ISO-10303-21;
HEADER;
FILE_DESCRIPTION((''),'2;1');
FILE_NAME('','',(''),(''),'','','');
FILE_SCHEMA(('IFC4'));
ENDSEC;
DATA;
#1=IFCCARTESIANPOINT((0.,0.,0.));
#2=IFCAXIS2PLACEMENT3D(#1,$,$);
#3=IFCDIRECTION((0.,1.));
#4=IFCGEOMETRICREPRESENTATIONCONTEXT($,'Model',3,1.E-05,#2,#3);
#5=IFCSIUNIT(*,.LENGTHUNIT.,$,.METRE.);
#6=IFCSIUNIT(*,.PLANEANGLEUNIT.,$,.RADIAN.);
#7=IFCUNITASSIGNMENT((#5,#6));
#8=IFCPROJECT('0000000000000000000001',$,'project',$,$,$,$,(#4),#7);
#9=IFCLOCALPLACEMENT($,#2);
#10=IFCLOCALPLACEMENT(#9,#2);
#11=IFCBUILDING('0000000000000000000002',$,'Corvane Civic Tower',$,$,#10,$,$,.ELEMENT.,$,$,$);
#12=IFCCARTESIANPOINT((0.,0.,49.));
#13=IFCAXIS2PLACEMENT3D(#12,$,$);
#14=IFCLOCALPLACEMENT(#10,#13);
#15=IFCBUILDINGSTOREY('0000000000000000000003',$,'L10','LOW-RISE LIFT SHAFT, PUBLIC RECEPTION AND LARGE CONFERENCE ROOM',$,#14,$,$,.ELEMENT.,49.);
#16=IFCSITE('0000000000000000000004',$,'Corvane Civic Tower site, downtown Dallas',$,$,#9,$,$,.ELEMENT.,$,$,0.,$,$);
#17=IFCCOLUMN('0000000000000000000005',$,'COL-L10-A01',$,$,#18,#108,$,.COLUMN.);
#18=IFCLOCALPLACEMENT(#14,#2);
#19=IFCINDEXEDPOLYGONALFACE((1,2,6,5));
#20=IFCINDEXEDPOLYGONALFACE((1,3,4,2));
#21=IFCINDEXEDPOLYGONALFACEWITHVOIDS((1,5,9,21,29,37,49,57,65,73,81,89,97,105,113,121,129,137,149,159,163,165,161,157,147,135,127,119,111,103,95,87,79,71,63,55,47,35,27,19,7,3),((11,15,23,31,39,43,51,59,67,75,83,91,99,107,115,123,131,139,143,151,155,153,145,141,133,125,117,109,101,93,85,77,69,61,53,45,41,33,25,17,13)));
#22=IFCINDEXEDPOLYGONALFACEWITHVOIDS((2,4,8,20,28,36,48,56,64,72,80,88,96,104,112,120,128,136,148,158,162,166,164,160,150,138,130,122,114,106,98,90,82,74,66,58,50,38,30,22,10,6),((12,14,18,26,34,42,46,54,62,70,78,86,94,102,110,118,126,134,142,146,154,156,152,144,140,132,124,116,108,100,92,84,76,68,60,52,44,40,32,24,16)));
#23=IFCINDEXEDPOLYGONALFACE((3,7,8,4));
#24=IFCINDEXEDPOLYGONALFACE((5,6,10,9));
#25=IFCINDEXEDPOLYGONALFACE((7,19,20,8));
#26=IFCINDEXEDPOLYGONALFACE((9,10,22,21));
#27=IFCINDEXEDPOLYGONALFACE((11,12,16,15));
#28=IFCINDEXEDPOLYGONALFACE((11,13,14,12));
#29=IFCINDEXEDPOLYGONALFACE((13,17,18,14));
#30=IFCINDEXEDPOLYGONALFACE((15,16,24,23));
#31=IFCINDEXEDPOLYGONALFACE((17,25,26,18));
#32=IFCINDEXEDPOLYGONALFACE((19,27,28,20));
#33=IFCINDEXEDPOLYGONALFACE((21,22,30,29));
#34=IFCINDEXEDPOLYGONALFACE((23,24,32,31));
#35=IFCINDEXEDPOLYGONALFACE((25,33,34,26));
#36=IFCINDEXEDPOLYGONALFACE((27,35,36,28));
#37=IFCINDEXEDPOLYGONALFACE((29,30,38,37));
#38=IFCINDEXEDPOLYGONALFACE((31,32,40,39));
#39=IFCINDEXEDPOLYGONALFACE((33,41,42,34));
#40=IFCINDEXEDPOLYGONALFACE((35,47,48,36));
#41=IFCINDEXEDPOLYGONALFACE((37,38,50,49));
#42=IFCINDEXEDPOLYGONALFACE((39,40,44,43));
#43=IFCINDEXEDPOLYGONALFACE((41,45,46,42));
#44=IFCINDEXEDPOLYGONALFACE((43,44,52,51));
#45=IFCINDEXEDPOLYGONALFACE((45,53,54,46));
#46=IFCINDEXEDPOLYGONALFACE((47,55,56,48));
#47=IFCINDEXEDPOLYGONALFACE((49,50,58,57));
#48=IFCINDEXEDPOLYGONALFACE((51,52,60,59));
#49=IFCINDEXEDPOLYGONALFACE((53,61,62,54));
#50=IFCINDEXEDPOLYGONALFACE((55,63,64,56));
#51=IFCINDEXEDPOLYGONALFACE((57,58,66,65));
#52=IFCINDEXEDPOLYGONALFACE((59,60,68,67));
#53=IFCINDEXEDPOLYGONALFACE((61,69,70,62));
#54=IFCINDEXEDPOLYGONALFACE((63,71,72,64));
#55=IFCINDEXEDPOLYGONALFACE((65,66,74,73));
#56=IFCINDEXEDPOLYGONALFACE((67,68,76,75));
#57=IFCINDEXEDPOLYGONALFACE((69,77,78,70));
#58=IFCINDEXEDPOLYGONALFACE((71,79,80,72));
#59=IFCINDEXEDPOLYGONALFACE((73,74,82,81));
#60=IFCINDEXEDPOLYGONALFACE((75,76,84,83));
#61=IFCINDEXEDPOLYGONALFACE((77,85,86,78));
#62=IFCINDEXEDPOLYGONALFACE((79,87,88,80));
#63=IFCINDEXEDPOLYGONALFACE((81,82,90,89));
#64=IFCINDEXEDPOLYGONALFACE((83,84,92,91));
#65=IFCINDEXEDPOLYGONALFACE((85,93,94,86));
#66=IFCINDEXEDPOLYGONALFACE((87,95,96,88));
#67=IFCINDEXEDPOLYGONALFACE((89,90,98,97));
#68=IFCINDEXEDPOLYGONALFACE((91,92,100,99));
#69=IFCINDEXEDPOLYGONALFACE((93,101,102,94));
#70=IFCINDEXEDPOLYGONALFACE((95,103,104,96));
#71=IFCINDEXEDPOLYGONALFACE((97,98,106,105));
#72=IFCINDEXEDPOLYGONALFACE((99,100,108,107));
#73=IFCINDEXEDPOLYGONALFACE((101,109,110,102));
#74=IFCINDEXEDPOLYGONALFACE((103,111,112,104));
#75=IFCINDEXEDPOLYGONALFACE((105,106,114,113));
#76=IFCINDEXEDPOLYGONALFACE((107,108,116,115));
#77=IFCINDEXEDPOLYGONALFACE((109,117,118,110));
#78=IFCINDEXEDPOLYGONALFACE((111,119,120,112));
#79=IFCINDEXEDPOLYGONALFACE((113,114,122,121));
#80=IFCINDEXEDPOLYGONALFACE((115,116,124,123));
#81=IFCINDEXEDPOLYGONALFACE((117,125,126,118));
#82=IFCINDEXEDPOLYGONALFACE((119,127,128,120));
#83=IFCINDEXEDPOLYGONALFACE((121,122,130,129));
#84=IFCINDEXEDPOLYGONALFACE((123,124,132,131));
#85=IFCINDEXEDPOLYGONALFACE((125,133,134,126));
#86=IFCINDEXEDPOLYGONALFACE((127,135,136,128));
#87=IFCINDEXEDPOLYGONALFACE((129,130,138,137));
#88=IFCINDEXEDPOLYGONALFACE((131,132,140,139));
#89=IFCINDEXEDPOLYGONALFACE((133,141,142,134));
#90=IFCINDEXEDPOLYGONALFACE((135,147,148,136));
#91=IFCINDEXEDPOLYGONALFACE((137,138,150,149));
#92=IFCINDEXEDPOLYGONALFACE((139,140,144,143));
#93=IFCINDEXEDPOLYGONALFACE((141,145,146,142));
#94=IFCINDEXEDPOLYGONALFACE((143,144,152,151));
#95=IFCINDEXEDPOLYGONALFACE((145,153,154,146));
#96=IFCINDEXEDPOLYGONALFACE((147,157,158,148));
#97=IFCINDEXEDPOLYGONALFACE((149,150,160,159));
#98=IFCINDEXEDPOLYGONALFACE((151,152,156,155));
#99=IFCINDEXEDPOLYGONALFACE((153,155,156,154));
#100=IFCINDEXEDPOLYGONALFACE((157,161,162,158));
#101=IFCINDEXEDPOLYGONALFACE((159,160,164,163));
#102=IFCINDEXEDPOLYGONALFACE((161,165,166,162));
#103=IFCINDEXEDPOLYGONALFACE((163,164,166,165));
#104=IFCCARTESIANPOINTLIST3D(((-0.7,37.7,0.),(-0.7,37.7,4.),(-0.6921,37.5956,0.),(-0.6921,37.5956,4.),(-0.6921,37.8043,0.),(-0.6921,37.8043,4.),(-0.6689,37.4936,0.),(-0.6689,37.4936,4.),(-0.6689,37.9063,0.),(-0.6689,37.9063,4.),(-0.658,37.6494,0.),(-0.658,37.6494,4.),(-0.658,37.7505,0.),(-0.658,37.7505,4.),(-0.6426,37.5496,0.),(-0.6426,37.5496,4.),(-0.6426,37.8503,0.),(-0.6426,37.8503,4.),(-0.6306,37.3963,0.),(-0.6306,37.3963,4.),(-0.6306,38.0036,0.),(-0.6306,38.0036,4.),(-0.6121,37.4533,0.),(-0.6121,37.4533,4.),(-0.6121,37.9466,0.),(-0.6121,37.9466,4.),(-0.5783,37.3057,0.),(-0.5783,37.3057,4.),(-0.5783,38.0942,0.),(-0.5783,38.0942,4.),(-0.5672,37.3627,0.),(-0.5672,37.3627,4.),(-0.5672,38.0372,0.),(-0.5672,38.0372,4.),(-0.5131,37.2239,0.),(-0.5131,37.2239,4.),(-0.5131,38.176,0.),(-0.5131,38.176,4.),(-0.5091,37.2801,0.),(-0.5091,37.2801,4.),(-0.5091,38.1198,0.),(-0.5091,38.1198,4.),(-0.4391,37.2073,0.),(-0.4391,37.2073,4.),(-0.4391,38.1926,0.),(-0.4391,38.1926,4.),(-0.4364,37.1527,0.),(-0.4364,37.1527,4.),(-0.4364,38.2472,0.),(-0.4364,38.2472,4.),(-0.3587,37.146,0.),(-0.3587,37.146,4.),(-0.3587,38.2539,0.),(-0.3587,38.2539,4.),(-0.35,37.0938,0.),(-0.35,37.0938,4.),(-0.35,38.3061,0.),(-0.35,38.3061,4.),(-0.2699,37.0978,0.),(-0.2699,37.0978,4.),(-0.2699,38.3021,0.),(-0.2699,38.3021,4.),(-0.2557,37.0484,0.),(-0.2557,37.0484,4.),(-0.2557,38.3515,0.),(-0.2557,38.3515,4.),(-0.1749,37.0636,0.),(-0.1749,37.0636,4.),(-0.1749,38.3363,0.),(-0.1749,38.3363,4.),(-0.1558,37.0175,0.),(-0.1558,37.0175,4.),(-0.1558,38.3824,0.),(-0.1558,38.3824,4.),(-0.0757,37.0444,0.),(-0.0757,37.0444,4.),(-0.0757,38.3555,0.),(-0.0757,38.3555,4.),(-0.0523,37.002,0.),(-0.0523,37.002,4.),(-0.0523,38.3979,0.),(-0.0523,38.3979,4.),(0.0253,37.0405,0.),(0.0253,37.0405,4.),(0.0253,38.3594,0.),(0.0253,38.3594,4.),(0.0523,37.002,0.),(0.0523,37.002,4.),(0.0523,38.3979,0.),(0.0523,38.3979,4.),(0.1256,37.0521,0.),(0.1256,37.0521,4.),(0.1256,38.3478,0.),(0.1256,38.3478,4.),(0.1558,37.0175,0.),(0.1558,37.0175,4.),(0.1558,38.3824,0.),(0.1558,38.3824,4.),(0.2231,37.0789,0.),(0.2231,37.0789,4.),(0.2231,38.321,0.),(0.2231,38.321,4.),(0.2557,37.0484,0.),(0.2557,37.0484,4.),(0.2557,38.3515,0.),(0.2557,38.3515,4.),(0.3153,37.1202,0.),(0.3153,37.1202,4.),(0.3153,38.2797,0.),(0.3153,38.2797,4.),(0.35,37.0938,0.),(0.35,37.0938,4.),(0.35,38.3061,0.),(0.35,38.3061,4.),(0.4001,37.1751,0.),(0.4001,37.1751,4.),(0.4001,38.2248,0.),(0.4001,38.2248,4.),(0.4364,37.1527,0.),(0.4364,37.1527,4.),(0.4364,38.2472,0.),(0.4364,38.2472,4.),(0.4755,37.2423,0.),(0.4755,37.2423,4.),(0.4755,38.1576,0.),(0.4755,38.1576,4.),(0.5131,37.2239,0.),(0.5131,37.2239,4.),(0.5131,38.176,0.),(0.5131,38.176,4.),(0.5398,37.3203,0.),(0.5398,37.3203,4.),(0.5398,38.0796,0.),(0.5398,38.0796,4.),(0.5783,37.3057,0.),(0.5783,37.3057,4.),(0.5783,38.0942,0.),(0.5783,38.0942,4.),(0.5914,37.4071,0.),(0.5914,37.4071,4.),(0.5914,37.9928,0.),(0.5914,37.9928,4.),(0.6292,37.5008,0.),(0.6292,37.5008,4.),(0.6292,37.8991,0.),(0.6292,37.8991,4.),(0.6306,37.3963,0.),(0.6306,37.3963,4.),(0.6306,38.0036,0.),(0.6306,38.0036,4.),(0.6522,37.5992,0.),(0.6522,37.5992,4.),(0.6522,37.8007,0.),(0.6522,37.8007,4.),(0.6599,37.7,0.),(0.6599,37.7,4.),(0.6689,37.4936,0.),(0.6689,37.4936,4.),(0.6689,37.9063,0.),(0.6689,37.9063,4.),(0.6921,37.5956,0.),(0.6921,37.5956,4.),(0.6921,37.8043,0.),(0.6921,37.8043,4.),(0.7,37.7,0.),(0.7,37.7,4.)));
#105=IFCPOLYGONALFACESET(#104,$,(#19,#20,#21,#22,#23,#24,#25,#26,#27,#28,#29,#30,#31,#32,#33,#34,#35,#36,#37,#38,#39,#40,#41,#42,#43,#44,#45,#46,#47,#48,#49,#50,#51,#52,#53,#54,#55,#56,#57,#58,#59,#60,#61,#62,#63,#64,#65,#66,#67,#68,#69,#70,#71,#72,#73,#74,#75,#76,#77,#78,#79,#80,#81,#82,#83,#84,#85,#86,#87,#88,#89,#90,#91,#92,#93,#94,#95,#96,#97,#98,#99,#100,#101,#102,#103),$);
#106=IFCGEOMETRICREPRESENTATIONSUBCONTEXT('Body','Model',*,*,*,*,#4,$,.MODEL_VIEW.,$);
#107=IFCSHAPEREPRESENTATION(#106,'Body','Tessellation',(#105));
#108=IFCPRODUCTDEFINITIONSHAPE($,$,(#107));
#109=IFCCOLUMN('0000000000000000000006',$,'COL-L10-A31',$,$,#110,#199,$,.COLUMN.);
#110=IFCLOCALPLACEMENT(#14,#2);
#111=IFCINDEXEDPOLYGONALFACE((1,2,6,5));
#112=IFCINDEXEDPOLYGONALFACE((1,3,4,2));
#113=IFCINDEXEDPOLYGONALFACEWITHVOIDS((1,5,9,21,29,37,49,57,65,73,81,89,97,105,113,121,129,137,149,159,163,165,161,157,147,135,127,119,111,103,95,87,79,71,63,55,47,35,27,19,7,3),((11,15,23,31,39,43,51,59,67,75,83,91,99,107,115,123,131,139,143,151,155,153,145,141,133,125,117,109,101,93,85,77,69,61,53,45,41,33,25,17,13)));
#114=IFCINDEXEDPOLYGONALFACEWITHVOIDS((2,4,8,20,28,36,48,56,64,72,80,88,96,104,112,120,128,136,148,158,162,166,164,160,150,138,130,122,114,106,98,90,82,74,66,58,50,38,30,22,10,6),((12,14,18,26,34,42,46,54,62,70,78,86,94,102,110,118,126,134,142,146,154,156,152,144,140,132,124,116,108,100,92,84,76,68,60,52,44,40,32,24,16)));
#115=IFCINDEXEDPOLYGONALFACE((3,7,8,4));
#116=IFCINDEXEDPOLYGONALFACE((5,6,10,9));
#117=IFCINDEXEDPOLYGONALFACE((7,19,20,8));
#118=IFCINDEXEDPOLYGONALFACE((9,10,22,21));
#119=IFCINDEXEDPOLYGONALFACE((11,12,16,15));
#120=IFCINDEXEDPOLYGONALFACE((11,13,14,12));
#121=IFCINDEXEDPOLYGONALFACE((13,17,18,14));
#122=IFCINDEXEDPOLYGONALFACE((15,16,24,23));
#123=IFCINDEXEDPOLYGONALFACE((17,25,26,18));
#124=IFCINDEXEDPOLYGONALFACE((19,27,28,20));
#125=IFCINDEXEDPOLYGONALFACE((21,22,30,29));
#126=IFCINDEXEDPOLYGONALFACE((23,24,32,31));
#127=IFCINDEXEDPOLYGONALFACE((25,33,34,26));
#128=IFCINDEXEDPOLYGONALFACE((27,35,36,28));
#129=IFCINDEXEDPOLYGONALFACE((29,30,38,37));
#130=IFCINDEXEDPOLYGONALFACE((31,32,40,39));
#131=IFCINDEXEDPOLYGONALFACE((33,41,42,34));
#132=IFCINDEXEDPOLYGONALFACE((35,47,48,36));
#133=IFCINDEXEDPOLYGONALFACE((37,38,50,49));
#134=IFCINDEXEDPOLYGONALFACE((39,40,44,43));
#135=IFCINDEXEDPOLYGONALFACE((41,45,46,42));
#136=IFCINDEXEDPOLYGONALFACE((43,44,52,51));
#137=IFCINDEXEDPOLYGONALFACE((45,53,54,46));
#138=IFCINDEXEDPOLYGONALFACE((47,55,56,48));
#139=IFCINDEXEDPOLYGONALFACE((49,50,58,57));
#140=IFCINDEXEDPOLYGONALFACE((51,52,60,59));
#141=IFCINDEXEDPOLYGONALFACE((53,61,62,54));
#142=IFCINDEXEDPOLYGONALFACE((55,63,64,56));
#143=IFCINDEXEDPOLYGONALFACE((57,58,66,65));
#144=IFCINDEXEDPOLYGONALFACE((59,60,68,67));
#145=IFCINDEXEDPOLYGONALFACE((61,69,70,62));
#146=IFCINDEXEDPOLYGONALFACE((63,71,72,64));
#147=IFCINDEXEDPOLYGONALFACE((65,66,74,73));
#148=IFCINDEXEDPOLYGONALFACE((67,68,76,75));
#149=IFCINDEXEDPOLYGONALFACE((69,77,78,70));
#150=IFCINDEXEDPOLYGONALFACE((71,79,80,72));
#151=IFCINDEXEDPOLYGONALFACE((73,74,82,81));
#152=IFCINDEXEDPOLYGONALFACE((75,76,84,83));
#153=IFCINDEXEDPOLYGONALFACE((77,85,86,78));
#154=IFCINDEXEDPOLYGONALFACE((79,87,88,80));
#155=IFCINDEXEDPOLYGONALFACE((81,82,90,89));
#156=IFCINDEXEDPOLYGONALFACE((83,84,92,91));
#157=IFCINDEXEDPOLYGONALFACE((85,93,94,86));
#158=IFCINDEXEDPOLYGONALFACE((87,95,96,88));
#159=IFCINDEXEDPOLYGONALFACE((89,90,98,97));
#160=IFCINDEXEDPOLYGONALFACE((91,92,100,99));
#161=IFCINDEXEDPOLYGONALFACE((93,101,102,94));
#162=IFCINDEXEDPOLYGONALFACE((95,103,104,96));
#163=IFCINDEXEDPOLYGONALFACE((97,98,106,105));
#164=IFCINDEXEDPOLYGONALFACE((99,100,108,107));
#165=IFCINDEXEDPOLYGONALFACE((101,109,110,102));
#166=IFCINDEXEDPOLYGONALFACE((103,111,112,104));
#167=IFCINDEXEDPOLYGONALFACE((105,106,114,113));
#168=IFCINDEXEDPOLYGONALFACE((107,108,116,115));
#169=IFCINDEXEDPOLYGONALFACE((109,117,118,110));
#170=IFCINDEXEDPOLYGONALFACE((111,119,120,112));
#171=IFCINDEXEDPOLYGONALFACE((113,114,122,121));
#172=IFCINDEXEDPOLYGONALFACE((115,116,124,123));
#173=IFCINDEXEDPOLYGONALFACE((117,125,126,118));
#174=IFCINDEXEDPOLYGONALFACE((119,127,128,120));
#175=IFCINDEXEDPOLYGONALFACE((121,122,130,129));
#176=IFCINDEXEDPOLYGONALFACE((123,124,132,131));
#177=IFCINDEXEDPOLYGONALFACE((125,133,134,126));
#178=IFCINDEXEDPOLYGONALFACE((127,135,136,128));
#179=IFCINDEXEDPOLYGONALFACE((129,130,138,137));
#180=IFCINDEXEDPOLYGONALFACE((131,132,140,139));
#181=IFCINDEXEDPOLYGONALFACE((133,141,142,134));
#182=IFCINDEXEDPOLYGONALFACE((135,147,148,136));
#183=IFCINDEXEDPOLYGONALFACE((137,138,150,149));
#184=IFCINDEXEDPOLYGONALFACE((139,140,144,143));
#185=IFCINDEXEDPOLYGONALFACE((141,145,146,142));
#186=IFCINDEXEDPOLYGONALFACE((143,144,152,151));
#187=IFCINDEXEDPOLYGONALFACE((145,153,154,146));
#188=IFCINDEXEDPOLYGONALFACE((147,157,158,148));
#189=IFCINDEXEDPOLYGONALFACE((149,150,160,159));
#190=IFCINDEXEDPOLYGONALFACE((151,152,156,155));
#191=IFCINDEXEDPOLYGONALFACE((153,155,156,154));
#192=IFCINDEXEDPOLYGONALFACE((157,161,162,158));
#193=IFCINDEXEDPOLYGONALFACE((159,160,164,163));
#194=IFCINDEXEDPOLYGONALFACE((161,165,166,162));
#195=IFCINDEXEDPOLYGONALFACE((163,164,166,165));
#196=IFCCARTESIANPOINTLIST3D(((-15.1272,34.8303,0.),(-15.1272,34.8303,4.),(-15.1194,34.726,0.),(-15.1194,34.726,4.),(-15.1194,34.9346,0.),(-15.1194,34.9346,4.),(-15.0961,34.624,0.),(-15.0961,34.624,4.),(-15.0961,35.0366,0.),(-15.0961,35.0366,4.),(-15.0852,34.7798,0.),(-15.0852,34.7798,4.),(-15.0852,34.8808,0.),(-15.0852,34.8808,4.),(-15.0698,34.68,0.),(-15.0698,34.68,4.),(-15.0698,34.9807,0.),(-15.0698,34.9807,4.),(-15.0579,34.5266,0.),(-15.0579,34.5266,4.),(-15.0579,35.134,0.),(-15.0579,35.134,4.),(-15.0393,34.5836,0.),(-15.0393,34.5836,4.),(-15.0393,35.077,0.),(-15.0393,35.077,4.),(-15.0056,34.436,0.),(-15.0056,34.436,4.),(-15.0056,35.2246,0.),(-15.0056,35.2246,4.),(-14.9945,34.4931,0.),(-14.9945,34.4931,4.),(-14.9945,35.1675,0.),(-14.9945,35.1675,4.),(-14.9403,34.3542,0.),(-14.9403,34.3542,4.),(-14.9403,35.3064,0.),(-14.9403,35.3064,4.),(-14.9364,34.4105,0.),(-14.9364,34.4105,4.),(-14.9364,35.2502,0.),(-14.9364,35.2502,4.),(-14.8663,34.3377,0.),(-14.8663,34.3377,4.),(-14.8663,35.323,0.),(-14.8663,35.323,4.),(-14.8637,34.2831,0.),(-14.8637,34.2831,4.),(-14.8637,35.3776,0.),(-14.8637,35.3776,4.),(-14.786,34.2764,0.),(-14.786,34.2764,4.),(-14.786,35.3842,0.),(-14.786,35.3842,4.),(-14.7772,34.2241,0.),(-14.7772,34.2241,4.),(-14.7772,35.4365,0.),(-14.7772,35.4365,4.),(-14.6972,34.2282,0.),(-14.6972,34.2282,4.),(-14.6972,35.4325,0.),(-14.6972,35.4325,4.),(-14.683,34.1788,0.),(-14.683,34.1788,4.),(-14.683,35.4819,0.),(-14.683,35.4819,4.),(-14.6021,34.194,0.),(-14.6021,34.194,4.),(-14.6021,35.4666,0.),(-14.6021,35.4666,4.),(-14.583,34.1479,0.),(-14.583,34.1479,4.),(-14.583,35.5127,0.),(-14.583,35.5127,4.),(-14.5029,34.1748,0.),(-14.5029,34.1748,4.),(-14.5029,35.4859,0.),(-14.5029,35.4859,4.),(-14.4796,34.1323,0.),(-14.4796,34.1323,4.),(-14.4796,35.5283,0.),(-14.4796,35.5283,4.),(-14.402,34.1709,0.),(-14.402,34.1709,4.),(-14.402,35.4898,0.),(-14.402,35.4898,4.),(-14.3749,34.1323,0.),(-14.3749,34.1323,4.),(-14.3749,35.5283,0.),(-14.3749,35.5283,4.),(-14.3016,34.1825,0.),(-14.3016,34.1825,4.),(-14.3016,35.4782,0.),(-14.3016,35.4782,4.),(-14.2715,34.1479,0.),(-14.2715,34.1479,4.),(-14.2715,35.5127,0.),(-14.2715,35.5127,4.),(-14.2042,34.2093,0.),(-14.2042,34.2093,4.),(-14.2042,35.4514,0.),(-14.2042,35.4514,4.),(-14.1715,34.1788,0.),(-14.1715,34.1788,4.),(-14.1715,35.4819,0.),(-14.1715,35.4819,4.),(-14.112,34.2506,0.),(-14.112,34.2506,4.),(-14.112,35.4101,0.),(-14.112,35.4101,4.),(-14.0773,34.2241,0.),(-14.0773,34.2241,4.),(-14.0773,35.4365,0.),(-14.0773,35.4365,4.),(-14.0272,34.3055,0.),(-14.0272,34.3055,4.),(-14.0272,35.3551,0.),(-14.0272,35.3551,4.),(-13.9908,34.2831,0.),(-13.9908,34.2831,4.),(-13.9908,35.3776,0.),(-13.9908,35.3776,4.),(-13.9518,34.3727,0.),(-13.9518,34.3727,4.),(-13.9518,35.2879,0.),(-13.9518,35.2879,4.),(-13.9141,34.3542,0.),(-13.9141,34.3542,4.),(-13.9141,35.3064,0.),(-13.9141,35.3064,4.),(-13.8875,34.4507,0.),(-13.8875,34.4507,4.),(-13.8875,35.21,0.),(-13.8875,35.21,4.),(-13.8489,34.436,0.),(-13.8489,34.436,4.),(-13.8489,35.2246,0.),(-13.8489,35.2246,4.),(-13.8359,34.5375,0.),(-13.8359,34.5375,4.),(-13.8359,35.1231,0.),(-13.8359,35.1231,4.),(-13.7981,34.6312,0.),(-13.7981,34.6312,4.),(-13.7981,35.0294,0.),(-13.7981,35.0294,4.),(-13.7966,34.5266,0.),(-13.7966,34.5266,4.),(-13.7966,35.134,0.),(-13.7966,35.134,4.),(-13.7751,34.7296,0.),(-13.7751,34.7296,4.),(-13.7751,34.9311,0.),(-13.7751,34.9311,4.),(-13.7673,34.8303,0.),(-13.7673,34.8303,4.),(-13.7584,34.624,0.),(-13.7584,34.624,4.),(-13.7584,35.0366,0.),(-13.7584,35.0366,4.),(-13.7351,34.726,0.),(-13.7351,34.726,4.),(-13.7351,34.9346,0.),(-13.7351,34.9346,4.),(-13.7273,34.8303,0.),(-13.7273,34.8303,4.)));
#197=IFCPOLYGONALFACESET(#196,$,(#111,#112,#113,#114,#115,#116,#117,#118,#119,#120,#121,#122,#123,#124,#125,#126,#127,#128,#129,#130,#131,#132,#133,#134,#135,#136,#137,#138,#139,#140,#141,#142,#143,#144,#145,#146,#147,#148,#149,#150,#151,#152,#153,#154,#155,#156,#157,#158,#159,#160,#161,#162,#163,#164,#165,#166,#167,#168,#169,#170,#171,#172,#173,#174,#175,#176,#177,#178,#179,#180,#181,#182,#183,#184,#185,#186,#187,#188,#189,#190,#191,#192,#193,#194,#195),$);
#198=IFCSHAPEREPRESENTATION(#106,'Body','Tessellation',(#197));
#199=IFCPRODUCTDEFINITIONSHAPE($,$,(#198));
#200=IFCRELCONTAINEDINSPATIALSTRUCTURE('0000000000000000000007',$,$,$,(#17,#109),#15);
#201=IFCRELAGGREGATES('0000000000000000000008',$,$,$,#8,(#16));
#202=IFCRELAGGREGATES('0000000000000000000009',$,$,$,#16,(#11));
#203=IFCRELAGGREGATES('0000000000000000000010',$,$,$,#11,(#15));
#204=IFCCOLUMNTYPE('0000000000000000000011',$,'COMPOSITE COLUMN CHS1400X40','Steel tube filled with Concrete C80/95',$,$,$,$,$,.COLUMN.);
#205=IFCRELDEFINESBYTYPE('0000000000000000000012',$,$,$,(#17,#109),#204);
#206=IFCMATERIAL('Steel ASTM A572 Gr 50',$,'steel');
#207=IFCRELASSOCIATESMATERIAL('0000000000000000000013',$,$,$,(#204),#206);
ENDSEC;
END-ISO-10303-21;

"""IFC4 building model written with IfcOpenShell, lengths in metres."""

from ifc_helpers import new_model, si_unit, direction, frame, origin, origin_2d, place, context, subcontext, project, spatial, hollow_circle, extrude, material, material_profile, profile_set, type_object, element, save


model = new_model("IFC4")

# Units and contexts
model_context = context("Model", 3, precision=1e-05, world=origin(), true_north=direction((0.0, 1.0)))
body_context = subcontext(model_context, "Body", "Model", "MODEL_VIEW")
ifc_project = project(units=[si_unit("LENGTHUNIT", "METRE"), si_unit("PLANEANGLEUNIT", "RADIAN")], contexts=[model_context])

# Site, building, storey
site_placement = place(None, origin())
site = spatial("IfcSite", under=ifc_project, at=site_placement, Name="Corvane Civic Tower site, downtown Dallas", CompositionType="ELEMENT", RefElevation=0.0)
building_placement = place(site_placement, origin())
building = spatial("IfcBuilding", under=site, at=building_placement, Name="Corvane Civic Tower", CompositionType="ELEMENT")
storey_placement = place(building_placement, frame((0.0, 0.0, 49.0)))
storey = spatial("IfcBuildingStorey", under=building, at=storey_placement, Name="L10", Description="LOW-RISE LIFT SHAFT, PUBLIC RECEPTION AND LARGE CONFERENCE ROOM", CompositionType="ELEMENT", Elevation=49.0)

# Columns
ifc_material_1 = material(Name="Steel ASTM A572 Gr 50", Category="steel")
ifc_material_profile_1 = material_profile(ifc_material_1, hollow_circle(Radius=0.7, WallThickness=0.04, at=origin_2d()), Name="CHS1400X40")
ifc_profile_set_1 = profile_set([ifc_material_profile_1], Name="Steel ASTM A572 Gr 50")
column_type = type_object("IfcColumnType", Name="COMPOSITE COLUMN CHS1400X40", Description="Steel tube filled with Concrete C80/95", PredefinedType="COLUMN", material=ifc_profile_set_1)
for number, where, z_axis, x_axis, name in (
    (1, (0.0, 37.7, 0.0), (0.0, 0.0, 1.0), (1.0, 0.0, 0.0), "COL-L10-A01"),
    (2, (-14.4272, 34.8303, 0.0), (0.0, 0.0, 1.0), (1.0, 0.0, 0.0), "COL-L10-A31"),
):
    element("IfcColumn", number, at=place(storey_placement, frame(where, z_axis=z_axis, x_axis=x_axis)), inside=storey, type_object=column_type, Name=name, PredefinedType="COLUMN", context=body_context, shape_type="SweptSolid", body=[
        extrude(hollow_circle(Radius=0.7, WallThickness=0.04, at=origin_2d()), origin(), (0.0, 0.0, 1.0), 4.0),
    ])

save(model, "model.ifc")
